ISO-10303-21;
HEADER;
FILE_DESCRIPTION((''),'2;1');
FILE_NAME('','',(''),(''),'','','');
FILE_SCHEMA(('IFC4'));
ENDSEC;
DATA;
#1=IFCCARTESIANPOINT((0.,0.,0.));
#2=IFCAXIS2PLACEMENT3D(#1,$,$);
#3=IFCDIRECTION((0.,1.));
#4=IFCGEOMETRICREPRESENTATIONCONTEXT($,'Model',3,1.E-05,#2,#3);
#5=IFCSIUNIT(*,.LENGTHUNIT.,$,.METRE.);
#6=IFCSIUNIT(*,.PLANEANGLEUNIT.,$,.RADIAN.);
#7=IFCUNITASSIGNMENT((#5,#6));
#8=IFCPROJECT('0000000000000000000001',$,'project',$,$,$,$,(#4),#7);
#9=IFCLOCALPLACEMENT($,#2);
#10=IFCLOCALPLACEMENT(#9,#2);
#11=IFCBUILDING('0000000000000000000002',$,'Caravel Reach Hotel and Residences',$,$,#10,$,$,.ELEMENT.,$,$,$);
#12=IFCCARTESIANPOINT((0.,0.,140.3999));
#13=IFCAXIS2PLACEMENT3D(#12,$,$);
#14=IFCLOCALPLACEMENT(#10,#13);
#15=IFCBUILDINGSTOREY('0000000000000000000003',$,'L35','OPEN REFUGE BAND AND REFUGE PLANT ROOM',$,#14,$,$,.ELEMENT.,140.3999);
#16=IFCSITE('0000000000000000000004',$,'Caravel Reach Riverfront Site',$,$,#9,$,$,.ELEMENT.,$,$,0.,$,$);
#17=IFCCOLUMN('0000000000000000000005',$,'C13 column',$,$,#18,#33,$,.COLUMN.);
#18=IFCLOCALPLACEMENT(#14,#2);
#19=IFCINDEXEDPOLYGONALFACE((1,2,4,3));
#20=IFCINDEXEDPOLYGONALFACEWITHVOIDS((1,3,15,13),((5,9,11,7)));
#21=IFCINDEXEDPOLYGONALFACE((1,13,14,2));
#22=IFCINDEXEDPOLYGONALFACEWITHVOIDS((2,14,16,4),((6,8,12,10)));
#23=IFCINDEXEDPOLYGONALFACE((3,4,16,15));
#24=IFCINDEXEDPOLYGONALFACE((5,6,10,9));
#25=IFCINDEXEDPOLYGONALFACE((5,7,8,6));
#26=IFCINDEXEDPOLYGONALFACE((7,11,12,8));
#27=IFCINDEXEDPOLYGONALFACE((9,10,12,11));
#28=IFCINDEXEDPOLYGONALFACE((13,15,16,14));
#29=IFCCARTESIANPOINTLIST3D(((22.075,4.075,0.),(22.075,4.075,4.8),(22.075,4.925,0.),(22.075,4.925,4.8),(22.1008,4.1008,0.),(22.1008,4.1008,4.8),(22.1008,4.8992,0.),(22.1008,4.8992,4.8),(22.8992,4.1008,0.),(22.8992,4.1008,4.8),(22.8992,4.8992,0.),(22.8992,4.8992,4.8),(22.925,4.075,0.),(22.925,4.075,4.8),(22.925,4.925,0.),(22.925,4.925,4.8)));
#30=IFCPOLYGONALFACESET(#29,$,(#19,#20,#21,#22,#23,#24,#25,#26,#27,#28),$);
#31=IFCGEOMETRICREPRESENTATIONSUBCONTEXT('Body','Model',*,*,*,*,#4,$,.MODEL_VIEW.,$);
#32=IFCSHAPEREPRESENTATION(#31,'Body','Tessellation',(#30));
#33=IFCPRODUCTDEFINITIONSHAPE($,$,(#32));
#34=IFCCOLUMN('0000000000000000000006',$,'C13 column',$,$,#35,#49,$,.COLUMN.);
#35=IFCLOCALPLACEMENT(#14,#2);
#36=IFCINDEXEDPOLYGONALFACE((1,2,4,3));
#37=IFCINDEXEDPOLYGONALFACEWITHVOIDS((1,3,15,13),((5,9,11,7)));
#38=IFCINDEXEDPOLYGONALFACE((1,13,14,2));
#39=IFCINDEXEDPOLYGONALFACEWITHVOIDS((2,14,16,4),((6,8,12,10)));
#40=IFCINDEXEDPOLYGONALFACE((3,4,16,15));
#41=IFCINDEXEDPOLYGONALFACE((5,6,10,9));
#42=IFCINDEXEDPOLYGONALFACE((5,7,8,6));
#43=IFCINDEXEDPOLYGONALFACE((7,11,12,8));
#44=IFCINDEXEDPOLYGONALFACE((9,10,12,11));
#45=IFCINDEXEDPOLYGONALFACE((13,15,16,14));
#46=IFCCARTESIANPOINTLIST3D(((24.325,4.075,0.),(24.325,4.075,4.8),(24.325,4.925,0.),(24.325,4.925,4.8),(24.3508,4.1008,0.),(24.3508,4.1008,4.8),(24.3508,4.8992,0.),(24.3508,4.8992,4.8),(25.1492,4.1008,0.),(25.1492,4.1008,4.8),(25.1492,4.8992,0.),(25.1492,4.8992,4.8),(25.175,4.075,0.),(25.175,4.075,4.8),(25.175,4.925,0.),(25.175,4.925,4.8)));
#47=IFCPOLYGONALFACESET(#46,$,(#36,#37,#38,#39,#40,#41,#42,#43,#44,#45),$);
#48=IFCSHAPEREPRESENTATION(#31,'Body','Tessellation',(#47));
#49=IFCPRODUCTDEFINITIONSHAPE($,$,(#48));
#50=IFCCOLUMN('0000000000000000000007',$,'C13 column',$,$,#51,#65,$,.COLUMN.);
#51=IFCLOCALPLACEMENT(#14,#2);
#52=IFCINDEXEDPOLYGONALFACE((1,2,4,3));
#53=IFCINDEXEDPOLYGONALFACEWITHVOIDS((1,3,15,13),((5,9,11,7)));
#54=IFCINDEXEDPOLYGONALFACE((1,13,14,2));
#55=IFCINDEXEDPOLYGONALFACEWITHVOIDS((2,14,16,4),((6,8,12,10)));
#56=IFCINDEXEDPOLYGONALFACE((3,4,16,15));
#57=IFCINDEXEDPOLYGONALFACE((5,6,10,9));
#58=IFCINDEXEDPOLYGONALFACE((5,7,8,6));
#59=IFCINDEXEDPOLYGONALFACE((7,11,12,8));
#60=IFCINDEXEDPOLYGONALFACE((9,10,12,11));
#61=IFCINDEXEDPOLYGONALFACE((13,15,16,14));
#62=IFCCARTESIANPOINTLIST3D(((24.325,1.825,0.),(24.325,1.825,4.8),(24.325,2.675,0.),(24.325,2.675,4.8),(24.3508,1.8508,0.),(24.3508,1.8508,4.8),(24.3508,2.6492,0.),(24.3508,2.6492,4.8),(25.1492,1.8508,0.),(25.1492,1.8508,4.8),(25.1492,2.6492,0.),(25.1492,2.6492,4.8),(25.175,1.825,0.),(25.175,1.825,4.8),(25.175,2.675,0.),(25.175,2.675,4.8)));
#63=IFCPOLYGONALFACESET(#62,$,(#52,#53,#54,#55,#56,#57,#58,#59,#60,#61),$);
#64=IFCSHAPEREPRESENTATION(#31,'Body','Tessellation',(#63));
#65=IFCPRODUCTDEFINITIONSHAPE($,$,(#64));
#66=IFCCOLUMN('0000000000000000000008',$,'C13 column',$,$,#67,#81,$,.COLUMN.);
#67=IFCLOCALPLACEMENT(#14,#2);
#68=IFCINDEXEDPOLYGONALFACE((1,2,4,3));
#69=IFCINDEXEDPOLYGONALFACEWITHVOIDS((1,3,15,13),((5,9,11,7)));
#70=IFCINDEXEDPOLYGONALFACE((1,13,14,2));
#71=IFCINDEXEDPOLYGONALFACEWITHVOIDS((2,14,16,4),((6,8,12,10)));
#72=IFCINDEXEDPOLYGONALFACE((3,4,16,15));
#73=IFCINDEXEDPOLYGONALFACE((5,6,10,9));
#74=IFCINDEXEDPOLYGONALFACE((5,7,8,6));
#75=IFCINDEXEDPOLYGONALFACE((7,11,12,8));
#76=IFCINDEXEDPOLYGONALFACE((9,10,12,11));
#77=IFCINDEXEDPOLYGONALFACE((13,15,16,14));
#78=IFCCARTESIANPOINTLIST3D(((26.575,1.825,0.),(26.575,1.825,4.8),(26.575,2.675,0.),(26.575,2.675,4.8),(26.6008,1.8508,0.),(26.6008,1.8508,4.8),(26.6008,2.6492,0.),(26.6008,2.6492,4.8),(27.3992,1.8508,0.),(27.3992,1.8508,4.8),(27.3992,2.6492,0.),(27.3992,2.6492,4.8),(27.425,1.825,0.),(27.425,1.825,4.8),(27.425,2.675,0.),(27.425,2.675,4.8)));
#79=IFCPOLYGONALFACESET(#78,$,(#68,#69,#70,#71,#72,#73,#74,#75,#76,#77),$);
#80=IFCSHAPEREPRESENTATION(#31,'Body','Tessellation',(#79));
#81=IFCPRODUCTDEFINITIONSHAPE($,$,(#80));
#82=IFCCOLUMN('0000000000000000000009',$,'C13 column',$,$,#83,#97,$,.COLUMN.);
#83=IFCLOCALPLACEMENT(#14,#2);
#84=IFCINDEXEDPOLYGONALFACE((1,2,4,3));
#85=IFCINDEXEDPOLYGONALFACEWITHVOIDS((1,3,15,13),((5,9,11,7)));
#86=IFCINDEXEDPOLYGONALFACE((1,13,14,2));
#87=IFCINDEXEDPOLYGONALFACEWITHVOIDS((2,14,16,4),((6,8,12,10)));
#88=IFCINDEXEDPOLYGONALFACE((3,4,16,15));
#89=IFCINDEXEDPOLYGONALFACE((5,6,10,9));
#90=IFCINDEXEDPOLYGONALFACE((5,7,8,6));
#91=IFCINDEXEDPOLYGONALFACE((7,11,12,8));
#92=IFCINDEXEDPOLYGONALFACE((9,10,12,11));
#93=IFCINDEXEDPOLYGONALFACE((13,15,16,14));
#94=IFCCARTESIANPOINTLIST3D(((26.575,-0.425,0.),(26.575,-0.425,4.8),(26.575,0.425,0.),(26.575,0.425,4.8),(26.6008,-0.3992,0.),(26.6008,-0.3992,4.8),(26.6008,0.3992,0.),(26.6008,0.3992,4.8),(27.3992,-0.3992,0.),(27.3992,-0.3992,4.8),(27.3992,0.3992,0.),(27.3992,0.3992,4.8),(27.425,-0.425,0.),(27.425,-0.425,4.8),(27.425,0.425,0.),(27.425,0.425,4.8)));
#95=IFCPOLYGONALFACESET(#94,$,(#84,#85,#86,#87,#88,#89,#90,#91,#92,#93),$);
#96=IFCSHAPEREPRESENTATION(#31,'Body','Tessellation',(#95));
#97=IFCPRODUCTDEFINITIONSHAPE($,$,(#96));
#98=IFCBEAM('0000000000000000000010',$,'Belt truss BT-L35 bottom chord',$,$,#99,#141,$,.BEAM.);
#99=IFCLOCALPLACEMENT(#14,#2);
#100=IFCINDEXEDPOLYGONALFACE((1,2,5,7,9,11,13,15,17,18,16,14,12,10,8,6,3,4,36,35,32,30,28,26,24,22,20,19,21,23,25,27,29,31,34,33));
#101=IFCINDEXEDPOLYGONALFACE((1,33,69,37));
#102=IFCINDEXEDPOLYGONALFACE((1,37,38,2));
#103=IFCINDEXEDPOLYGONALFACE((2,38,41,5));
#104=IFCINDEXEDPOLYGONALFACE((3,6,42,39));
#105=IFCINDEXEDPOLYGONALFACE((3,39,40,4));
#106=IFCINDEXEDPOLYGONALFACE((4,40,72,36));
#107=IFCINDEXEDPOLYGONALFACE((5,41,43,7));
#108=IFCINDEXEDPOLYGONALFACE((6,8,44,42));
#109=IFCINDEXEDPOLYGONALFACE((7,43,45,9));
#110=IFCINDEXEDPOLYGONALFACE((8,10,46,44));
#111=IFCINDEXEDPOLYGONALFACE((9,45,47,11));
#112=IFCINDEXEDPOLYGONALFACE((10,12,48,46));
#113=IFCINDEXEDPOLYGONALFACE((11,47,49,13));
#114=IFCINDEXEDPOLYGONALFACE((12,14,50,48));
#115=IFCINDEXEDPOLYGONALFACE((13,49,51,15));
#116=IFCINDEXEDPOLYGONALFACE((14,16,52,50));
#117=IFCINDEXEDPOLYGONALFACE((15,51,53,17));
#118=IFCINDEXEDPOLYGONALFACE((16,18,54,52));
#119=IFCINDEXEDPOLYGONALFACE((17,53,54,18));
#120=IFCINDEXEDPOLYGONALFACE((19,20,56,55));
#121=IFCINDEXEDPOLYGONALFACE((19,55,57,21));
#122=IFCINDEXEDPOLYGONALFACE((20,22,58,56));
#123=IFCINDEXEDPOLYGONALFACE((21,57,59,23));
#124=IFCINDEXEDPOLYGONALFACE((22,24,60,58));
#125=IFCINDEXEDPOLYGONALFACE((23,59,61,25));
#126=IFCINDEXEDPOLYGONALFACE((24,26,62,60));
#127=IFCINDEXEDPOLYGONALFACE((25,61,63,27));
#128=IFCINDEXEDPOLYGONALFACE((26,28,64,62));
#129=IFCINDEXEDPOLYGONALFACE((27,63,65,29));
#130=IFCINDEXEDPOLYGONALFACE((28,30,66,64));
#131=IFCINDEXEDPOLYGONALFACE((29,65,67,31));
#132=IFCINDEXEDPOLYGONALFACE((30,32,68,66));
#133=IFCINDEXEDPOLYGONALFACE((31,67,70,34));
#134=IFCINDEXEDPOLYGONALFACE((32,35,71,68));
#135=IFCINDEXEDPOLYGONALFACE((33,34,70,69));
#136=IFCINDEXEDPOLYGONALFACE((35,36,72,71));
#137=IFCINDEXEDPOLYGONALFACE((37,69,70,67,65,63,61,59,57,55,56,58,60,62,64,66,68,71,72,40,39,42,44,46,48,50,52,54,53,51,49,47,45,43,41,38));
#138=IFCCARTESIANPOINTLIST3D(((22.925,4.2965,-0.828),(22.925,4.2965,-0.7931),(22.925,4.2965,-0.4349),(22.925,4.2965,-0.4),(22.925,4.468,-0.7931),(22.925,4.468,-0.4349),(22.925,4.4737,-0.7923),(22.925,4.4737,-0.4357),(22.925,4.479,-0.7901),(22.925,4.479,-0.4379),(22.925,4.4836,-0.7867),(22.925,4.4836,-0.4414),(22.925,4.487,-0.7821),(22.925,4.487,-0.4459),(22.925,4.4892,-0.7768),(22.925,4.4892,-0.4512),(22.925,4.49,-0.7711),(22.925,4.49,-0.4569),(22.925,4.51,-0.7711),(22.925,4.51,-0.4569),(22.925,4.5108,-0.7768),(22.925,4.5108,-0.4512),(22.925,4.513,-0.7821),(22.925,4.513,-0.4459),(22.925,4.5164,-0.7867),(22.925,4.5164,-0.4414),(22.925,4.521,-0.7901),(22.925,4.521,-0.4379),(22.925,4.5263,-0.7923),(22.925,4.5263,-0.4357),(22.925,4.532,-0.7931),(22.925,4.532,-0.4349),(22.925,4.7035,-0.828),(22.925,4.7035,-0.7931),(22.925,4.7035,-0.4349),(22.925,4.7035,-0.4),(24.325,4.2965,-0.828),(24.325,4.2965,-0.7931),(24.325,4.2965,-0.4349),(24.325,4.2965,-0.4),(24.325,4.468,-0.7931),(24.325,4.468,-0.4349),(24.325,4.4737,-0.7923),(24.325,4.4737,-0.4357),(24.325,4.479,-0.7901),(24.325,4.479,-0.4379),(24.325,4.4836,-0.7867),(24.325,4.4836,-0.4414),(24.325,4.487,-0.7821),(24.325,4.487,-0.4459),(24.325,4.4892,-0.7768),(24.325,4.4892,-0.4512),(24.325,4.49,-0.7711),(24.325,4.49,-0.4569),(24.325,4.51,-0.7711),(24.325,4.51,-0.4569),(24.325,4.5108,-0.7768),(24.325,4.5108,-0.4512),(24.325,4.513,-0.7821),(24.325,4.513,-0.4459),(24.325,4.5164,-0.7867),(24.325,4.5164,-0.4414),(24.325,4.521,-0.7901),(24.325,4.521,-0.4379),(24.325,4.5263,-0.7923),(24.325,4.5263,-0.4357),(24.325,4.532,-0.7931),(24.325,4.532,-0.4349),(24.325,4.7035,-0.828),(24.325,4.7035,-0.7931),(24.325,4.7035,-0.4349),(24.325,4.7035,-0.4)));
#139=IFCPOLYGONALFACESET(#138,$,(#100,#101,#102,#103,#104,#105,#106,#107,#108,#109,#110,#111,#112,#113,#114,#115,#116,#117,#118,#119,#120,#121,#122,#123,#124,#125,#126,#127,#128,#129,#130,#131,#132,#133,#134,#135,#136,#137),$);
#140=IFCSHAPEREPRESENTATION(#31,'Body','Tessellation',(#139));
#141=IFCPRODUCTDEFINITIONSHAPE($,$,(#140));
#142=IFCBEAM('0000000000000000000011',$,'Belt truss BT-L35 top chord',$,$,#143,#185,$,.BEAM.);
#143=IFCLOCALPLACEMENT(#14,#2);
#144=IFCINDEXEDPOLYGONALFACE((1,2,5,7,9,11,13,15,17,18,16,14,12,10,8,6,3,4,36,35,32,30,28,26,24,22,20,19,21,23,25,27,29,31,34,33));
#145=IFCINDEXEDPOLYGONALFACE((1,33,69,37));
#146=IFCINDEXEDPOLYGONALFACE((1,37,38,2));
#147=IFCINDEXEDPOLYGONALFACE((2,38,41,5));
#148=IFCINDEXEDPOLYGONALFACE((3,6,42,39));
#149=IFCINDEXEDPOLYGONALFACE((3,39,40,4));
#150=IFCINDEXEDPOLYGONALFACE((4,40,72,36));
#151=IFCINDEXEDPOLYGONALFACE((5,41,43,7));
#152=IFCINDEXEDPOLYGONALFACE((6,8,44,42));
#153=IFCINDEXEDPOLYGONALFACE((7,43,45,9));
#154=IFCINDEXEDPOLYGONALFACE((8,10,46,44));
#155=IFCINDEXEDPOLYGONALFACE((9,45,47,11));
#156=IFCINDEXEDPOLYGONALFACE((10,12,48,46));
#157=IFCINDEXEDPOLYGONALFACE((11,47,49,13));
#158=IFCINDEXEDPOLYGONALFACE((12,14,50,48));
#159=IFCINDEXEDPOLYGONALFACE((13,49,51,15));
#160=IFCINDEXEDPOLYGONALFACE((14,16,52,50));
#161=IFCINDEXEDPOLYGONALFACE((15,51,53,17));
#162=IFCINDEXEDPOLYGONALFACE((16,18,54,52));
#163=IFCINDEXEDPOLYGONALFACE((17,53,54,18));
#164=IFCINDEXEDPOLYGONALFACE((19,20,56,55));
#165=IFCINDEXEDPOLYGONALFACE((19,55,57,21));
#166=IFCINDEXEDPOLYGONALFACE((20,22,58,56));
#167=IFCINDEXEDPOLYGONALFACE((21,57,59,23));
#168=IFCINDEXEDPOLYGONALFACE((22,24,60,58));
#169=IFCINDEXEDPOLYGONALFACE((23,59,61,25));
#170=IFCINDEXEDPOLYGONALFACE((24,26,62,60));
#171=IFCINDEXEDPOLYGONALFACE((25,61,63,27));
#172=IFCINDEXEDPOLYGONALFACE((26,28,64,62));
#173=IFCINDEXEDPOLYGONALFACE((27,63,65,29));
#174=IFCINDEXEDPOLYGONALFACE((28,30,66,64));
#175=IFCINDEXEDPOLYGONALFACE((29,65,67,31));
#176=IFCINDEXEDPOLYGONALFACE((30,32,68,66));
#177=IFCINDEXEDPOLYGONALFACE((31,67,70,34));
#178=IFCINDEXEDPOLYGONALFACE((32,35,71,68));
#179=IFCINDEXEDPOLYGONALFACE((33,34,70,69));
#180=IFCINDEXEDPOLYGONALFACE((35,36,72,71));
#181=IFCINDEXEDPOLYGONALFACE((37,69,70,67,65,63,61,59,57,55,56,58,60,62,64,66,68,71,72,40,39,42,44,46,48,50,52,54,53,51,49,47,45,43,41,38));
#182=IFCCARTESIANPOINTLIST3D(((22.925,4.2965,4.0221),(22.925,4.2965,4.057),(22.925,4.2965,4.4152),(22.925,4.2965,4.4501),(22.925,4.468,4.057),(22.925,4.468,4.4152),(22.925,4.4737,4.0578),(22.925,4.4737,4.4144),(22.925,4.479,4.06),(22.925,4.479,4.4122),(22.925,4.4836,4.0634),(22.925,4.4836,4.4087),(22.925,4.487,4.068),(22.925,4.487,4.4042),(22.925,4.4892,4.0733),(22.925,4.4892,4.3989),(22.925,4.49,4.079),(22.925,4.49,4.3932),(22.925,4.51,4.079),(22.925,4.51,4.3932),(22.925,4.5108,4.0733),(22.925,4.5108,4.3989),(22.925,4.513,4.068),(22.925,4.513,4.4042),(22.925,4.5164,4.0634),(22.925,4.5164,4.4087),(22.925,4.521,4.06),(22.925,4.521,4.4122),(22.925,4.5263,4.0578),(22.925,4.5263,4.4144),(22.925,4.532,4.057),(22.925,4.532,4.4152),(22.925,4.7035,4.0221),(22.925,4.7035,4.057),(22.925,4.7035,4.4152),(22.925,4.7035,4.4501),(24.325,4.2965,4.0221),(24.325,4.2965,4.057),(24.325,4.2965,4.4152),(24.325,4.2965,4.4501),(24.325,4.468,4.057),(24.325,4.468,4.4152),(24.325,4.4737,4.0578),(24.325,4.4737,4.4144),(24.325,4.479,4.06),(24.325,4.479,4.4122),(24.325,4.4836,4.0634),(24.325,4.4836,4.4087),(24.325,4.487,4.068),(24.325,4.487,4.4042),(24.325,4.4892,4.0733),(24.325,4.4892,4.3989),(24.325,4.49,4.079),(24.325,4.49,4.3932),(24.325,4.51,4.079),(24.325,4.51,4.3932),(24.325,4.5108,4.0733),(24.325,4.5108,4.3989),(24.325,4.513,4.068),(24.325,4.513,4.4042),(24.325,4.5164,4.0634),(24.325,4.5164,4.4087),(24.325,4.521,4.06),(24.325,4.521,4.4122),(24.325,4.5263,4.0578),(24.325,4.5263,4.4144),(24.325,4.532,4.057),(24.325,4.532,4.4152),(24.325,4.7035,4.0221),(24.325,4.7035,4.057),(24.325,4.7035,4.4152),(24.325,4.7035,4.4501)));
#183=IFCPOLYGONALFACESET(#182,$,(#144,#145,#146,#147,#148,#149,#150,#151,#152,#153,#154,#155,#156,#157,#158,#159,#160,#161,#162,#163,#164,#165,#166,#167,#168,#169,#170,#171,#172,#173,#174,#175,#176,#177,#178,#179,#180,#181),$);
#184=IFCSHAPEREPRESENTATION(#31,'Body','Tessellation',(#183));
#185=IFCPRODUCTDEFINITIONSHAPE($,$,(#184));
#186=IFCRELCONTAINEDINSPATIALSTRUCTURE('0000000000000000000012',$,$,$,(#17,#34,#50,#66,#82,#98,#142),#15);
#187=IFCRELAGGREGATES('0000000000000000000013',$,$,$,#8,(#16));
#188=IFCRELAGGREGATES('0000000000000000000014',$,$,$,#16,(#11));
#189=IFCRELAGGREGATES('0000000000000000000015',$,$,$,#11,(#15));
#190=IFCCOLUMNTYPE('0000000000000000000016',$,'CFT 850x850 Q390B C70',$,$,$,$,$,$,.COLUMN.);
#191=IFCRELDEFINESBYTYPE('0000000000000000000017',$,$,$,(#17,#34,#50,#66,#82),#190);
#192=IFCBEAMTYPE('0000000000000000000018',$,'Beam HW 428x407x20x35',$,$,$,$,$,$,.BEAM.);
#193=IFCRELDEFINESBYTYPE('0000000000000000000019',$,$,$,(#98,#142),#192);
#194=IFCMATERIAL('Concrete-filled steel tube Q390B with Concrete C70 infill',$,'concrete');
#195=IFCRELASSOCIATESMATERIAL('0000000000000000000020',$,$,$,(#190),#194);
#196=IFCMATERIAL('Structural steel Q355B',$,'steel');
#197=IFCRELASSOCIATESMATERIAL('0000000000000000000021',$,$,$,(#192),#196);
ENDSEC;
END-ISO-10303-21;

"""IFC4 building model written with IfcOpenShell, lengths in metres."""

from ifc_helpers import new_model, si_unit, direction, frame, origin, origin_2d, place, context, subcontext, project, spatial, hollow_rectangle, i_section, extrude, material, material_profile, profile_set, type_object, element, save


model = new_model("IFC4")

# Units and contexts
model_context = context("Model", 3, precision=1e-05, world=origin(), true_north=direction((0.0, 1.0)))
body_context = subcontext(model_context, "Body", "Model", "MODEL_VIEW")
ifc_project = project(units=[si_unit("LENGTHUNIT", "METRE"), si_unit("PLANEANGLEUNIT", "RADIAN")], contexts=[model_context])

# Site, building, storey
site_placement = place(None, origin())
site = spatial("IfcSite", under=ifc_project, at=site_placement, Name="Caravel Reach Riverfront Site", CompositionType="ELEMENT", RefElevation=0.0)
building_placement = place(site_placement, origin())
building = spatial("IfcBuilding", under=site, at=building_placement, Name="Caravel Reach Hotel and Residences", CompositionType="ELEMENT")
storey_placement = place(building_placement, frame((0.0, 0.0, 140.3999)))
storey = spatial("IfcBuildingStorey", under=building, at=storey_placement, Name="L35", Description="OPEN REFUGE BAND AND REFUGE PLANT ROOM", CompositionType="ELEMENT", Elevation=140.3999)

# Columns
ifc_material_1 = material(Name="Concrete-filled steel tube Q390B with Concrete C70 infill", Category="concrete")
ifc_material_profile_1 = material_profile(ifc_material_1, hollow_rectangle(XDim=0.8501, YDim=0.8501, WallThickness=0.0259, at=origin_2d()), Name="RHS 850x850x26")
ifc_profile_set_1 = profile_set([ifc_material_profile_1], Name="Concrete-filled steel tube Q390B with Concrete C70 infill")
column_type = type_object("IfcColumnType", Name="CFT 850x850 Q390B C70", PredefinedType="COLUMN", material=ifc_profile_set_1)
for number, where, z_axis, x_axis, name in (
    (1, (22.5, 4.5, 0.0), (0.0, 0.0, 1.0), (1.0, 0.0, 0.0), "C13 column"),
    (2, (24.75, 4.5, 0.0), (0.0, 0.0, 1.0), (1.0, 0.0, 0.0), "C13 column"),
    (3, (24.75, 2.25, 0.0), (0.0, 0.0, 1.0), (1.0, 0.0, 0.0), "C13 column"),
    (4, (27.0, 2.25, 0.0), (0.0, 0.0, 1.0), (1.0, 0.0, 0.0), "C13 column"),
    (5, (27.0, 0.0, 0.0), (0.0, 0.0, 1.0), (1.0, 0.0, 0.0), "C13 column"),
):
    element("IfcColumn", number, at=place(storey_placement, frame(where, z_axis=z_axis, x_axis=x_axis)), inside=storey, type_object=column_type, Name=name, PredefinedType="COLUMN", context=body_context, shape_type="SweptSolid", body=[
        extrude(hollow_rectangle(XDim=0.8501, YDim=0.8501, WallThickness=0.0259, at=origin_2d()), origin(), (0.0, 0.0, 1.0), 4.8),
    ])

# Beams
ifc_material_2 = material(Name="Structural steel Q355B", Category="steel")
ifc_material_profile_2 = material_profile(ifc_material_2, i_section(OverallWidth=0.407, OverallDepth=0.428, WebThickness=0.02, FlangeThickness=0.0349, FilletRadius=0.022, at=origin_2d()), Name="HW 428x407x20x35")
ifc_profile_set_2 = profile_set([ifc_material_profile_2], Name="Structural steel Q355B")
beam_type = type_object("IfcBeamType", Name="Beam HW 428x407x20x35", PredefinedType="BEAM", material=ifc_profile_set_2)
for number, where, z_axis, x_axis, name in (
    (6, (22.925, 4.5, -0.614), (1.0, 0.0, 0.0), (0.0, 1.0, 0.0), "Belt truss BT-L35 bottom chord"),
    (7, (22.925, 4.5, 4.2361), (1.0, 0.0, 0.0), (0.0, 1.0, 0.0), "Belt truss BT-L35 top chord"),
):
    element("IfcBeam", number, at=place(storey_placement, frame(where, z_axis=z_axis, x_axis=x_axis)), inside=storey, type_object=beam_type, Name=name, PredefinedType="BEAM", context=body_context, shape_type="SweptSolid", body=[
        extrude(i_section(OverallWidth=0.407, OverallDepth=0.428, WebThickness=0.02, FlangeThickness=0.0349, FilletRadius=0.022, at=origin_2d()), origin(), (0.0, 0.0, 1.0), 1.3999),
    ])

save(model, "model.ifc")
